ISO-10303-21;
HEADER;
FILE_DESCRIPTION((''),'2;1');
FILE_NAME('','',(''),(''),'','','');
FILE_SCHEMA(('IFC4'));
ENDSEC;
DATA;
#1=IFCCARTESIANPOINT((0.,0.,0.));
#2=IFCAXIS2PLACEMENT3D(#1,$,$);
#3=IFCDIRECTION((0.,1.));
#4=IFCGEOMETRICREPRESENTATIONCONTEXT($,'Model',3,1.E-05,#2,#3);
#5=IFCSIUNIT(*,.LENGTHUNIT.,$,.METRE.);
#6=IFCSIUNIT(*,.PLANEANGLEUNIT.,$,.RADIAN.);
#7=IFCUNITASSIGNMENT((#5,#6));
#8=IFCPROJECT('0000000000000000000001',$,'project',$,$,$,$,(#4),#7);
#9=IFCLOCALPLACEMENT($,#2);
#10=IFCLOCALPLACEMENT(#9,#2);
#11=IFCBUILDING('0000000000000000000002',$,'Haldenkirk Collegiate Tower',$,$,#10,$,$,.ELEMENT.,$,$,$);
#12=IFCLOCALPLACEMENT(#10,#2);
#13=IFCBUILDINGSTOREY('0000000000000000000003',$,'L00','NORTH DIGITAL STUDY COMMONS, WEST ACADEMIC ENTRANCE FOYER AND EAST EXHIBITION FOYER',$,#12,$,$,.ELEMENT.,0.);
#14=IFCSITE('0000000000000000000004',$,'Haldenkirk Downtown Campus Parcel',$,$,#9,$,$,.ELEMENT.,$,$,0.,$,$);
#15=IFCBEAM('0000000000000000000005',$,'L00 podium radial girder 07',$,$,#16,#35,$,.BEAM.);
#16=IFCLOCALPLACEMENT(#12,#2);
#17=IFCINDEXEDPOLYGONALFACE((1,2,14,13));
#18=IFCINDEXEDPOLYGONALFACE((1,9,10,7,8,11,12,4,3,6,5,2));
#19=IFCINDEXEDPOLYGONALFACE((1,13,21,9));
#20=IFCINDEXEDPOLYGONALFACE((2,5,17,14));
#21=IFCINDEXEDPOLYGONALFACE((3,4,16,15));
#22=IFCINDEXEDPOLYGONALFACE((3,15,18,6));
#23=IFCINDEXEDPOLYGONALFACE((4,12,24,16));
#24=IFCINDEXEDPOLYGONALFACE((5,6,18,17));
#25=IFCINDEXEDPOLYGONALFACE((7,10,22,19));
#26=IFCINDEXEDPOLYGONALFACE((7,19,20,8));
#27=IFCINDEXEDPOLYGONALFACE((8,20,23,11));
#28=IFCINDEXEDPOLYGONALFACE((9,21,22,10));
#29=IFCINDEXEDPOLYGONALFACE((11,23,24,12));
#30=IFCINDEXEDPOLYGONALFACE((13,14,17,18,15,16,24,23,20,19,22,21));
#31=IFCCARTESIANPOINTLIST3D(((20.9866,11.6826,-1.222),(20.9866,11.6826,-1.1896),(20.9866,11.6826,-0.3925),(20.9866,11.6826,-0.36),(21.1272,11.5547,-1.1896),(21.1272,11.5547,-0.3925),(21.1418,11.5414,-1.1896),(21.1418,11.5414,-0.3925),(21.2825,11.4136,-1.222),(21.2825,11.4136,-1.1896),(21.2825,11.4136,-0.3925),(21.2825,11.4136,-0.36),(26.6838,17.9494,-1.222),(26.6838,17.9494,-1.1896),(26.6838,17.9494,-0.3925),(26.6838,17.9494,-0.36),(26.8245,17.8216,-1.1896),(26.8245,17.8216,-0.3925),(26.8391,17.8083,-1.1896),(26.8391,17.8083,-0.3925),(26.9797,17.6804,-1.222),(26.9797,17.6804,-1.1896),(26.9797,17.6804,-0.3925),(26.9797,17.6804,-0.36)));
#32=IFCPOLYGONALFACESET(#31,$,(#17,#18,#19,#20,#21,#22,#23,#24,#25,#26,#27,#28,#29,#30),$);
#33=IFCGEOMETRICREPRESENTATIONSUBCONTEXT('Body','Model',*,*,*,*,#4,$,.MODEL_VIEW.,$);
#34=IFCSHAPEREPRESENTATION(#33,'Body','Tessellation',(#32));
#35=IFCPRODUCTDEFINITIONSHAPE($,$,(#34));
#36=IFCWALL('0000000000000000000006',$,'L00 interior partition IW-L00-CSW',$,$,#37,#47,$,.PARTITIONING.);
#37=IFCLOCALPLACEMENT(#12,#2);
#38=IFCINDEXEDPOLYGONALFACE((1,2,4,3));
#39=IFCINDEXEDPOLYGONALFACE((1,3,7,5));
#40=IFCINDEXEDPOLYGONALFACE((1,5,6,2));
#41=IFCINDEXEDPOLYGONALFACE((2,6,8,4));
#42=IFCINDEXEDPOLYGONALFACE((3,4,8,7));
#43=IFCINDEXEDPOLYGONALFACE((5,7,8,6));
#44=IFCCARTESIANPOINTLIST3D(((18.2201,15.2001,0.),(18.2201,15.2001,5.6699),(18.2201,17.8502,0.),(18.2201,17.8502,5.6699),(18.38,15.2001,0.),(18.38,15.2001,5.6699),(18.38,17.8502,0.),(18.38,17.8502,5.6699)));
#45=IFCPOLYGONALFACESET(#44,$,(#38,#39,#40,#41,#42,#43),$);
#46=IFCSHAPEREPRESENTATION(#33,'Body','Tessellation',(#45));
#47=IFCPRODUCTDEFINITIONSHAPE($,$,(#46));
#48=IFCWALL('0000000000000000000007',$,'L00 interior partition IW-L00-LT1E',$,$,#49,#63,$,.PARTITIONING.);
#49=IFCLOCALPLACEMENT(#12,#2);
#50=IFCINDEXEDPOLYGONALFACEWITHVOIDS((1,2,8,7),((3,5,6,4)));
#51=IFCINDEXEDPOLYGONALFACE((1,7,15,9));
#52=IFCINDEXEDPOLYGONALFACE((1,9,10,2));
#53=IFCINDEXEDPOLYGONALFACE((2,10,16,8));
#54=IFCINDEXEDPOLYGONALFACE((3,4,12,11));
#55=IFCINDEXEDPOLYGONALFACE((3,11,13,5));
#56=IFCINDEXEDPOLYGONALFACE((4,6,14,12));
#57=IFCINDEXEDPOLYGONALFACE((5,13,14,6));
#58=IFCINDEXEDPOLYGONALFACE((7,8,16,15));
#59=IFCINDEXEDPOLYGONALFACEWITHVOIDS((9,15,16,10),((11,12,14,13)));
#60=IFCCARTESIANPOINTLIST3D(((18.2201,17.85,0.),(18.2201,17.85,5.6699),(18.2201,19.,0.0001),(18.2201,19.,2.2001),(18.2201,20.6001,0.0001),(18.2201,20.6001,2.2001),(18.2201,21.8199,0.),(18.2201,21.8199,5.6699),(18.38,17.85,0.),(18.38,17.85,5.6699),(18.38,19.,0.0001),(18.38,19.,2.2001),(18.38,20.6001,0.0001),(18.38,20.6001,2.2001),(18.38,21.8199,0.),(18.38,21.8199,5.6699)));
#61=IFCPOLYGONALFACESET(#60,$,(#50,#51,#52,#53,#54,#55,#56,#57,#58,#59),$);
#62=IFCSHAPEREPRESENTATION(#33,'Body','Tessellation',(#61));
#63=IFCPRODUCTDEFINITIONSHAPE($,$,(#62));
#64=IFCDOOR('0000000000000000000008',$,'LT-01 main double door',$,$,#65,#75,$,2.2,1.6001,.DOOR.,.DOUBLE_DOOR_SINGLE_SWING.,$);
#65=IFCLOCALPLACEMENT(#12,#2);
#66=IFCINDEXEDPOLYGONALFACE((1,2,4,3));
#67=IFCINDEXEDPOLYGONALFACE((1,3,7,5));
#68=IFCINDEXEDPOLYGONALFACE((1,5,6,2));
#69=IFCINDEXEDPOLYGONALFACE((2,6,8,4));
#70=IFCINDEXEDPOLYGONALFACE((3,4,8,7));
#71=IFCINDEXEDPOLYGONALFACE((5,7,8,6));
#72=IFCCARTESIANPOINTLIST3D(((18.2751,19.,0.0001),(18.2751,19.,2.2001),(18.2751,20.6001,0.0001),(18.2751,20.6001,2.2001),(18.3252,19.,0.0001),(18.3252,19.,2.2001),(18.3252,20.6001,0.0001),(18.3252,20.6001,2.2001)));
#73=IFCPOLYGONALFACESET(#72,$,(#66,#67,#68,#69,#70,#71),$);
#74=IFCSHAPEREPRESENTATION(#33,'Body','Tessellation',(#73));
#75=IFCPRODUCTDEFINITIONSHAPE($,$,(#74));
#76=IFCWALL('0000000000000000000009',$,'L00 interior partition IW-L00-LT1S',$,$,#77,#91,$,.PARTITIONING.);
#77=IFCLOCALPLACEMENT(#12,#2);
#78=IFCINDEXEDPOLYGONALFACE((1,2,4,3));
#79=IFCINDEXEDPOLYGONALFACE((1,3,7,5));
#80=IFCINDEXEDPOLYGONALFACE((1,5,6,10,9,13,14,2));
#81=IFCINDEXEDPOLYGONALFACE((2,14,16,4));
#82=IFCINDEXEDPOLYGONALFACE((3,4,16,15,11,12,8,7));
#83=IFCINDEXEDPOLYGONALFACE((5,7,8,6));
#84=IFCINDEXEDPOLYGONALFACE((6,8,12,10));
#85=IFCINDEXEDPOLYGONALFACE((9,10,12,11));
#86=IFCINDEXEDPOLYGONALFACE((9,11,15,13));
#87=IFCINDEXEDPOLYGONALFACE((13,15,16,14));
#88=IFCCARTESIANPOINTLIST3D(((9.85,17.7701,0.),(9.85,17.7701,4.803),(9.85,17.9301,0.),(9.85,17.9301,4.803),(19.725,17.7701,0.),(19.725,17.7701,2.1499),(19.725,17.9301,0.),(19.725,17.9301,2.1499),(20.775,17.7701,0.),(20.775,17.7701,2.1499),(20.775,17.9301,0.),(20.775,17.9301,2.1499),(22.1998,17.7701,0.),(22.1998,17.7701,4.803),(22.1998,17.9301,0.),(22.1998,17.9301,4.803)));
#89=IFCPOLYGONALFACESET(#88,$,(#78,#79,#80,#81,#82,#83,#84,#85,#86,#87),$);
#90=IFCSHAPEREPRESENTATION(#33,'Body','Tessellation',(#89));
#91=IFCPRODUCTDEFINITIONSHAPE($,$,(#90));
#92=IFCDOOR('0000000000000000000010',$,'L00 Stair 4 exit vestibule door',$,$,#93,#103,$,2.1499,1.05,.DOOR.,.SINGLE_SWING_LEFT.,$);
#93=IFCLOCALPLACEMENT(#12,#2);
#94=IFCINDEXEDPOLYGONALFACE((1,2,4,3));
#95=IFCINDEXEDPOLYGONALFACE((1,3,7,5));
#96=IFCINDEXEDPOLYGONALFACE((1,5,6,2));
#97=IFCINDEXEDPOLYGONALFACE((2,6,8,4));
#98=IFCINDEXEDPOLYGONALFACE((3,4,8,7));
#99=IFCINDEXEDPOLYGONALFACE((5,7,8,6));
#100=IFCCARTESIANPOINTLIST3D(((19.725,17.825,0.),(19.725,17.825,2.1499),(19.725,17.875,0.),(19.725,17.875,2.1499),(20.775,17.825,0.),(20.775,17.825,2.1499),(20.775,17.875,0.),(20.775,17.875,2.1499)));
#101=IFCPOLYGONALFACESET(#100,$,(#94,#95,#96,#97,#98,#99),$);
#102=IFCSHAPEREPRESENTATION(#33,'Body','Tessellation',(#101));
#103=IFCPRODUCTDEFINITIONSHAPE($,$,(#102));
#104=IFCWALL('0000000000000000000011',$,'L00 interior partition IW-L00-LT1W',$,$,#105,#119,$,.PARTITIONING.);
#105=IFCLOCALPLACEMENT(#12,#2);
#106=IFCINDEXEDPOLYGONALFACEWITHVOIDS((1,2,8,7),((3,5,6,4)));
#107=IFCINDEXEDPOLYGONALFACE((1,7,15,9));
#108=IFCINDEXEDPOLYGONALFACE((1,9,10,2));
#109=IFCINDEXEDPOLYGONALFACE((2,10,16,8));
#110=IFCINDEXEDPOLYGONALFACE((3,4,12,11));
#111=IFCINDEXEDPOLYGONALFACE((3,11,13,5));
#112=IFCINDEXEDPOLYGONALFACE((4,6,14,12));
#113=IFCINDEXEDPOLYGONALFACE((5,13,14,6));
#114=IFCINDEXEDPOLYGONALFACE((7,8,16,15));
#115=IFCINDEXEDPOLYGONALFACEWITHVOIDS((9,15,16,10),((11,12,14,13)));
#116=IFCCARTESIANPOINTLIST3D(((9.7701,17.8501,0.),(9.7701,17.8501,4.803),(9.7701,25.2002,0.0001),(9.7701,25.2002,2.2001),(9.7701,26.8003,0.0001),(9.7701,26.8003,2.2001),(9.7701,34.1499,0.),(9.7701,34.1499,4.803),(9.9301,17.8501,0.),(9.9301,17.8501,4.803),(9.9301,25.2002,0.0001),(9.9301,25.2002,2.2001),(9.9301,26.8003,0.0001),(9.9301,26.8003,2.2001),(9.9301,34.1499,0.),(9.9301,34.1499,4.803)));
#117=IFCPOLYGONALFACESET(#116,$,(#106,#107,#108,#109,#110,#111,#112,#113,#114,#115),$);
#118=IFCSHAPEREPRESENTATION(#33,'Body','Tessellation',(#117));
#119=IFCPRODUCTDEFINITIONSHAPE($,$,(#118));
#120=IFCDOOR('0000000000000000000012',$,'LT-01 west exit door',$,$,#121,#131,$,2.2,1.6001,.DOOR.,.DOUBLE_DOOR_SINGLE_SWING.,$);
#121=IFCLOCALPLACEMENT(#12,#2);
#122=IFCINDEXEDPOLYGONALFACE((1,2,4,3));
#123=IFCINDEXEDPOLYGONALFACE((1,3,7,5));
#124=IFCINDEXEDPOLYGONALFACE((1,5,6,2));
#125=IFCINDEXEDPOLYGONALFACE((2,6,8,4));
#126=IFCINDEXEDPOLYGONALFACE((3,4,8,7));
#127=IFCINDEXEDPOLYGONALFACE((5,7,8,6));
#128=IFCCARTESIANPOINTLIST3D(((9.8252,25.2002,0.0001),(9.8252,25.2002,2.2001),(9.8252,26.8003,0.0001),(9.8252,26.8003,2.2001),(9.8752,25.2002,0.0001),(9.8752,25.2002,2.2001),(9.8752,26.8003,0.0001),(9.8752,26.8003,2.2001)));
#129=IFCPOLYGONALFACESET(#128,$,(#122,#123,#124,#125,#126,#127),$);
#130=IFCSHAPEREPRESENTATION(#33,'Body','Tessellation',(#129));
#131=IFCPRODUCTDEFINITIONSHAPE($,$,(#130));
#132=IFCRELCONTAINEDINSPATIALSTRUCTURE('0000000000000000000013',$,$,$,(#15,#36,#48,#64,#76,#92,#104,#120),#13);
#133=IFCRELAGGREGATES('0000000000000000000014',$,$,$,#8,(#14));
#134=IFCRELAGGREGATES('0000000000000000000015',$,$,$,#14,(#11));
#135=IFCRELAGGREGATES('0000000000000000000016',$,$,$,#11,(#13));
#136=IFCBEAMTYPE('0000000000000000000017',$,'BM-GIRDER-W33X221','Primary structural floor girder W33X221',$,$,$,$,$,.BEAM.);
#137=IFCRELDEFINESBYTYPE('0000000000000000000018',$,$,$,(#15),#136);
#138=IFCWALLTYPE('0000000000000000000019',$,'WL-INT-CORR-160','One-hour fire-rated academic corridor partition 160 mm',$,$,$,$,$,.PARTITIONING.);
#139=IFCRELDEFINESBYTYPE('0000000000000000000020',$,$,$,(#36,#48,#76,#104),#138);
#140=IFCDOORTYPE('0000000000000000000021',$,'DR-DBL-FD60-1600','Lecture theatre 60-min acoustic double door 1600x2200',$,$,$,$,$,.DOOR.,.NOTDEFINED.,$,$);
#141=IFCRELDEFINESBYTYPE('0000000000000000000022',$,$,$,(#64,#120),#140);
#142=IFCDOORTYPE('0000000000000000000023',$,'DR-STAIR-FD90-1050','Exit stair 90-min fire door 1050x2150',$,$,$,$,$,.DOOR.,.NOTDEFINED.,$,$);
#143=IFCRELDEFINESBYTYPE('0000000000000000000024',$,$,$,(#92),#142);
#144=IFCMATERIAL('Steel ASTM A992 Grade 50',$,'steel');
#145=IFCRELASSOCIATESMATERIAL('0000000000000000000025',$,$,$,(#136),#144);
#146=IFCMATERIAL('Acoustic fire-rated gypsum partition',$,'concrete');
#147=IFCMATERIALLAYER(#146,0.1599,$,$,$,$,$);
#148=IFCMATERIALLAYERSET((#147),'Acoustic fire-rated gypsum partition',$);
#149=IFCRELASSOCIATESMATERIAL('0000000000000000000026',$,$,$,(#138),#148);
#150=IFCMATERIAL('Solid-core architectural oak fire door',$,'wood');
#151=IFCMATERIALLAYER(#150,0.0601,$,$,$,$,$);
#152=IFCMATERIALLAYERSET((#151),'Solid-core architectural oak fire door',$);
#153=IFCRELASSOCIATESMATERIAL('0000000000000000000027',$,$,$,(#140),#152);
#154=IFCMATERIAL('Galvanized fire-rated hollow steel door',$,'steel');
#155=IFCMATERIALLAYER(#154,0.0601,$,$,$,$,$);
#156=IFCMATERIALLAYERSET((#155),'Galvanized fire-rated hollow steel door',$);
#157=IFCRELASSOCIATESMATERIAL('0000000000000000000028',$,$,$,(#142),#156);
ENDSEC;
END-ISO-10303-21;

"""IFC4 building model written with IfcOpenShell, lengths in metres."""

from ifc_helpers import new_model, si_unit, direction, frame, frame_2d, origin, origin_2d, place, context, subcontext, project, spatial, rectangle, i_section, extrude, material, layer, layer_set, material_profile, profile_set, type_object, element, fill, save


model = new_model("IFC4")

# Units and contexts
model_context = context("Model", 3, precision=1e-05, world=origin(), true_north=direction((0.0, 1.0)))
body_context = subcontext(model_context, "Body", "Model", "MODEL_VIEW")
ifc_project = project(units=[si_unit("LENGTHUNIT", "METRE"), si_unit("PLANEANGLEUNIT", "RADIAN")], contexts=[model_context])

# Site, building, storey
site_placement = place(None, origin())
site = spatial("IfcSite", under=ifc_project, at=site_placement, Name="Haldenkirk Downtown Campus Parcel", CompositionType="ELEMENT", RefElevation=0.0)
building_placement = place(site_placement, origin())
building = spatial("IfcBuilding", under=site, at=building_placement, Name="Haldenkirk Collegiate Tower", CompositionType="ELEMENT")
storey_placement = place(building_placement, origin())
storey = spatial("IfcBuildingStorey", under=building, at=storey_placement, Name="L00", Description="NORTH DIGITAL STUDY COMMONS, WEST ACADEMIC ENTRANCE FOYER AND EAST EXHIBITION FOYER", CompositionType="ELEMENT", Elevation=0.0)

# Beam
ifc_material_1 = material(Name="Steel ASTM A992 Grade 50", Category="steel")
ifc_material_profile_1 = material_profile(ifc_material_1, i_section(OverallWidth=0.3999, OverallDepth=0.8621, WebThickness=0.0198, FlangeThickness=0.0325, at=origin_2d()), Name="W33X221")
ifc_profile_set_1 = profile_set([ifc_material_profile_1], Name="Steel ASTM A992 Grade 50")
beam_type_1 = type_object("IfcBeamType", Name="BM-GIRDER-W33X221", Description="Primary structural floor girder W33X221", PredefinedType="BEAM", material=ifc_profile_set_1)
beam_1_placement = place(storey_placement, frame((21.1345, 11.5481, -0.791), z_axis=(0.672681, 0.739932, 0.0), x_axis=(-0.739932, 0.672681, 0.0)))
element("IfcBeam", 1, at=beam_1_placement, inside=storey, type_object=beam_type_1, Name="L00 podium radial girder 07", PredefinedType="BEAM", context=body_context, shape_type="SweptSolid", body=[
    extrude(i_section(OverallWidth=0.3999, OverallDepth=0.8621, WebThickness=0.0198, FlangeThickness=0.0325, at=origin_2d()), origin(), (0.0, 0.0, 1.0), 8.4695),
])

# Wall
ifc_material_2 = material(Name="Acoustic fire-rated gypsum partition", Category="concrete")
ifc_layer_1 = layer(ifc_material_2, 0.1599)
ifc_layer_set_1 = layer_set([ifc_layer_1], Name="Acoustic fire-rated gypsum partition")
wall_type = type_object("IfcWallType", Name="WL-INT-CORR-160", Description="One-hour fire-rated academic corridor partition 160 mm", PredefinedType="PARTITIONING", material=ifc_layer_set_1)
wall_1_placement = place(storey_placement, frame((18.3, 15.2, 0.0), z_axis=(0.0, 0.0, 1.0), x_axis=(0.0, 1.0, 0.0)))
element("IfcWall", 2, at=wall_1_placement, inside=storey, type_object=wall_type, Name="L00 interior partition IW-L00-CSW", PredefinedType="PARTITIONING", context=body_context, shape_type="SweptSolid", body=[
    extrude(rectangle(XDim=2.6501, YDim=0.1599, at=frame_2d((1.3252, 0.0))), origin(), (0.0, 0.0, 1.0), 5.6699),
])

# Walls, openings, doors
wall_2_placement = place(storey_placement, frame((18.3, 17.8501, 0.0), z_axis=(0.0, 0.0, 1.0), x_axis=(0.0, 1.0, 0.0)))
wall_2 = element("IfcWall", 3, at=wall_2_placement, inside=storey, type_object=wall_type, Name="L00 interior partition IW-L00-LT1E", PredefinedType="PARTITIONING", context=body_context, shape_type="SweptSolid", body=[
    extrude(rectangle(XDim=3.97, YDim=0.1599, at=frame_2d((1.9849, 0.0))), origin(), (0.0, 0.0, 1.0), 5.6699),
])
opening_1_placement = place(wall_2_placement, frame((1.1499, 0.0, 0.0)))
opening_1 = element("IfcOpeningElement", 4, at=opening_1_placement, cuts=wall_2, PredefinedType="OPENING", context=body_context, shape_type="SweptSolid", body=[
    extrude(rectangle(XDim=1.6001, YDim=2.2, at=frame_2d((0.8, 1.1001))), frame((0.0, 0.0898, 0.0), z_axis=(0.0, -1.0, 0.0), x_axis=(1.0, 0.0, 0.0)), (0.0, 0.0, 1.0), 0.1799),
])
ifc_material_3 = material(Name="Solid-core architectural oak fire door", Category="wood")
ifc_layer_2 = layer(ifc_material_3, 0.0601)
ifc_layer_set_2 = layer_set([ifc_layer_2], Name="Solid-core architectural oak fire door")
door_type_1 = type_object("IfcDoorType", Name="DR-DBL-FD60-1600", Description="Lecture theatre 60-min acoustic double door 1600x2200", OperationType="NOTDEFINED", PredefinedType="DOOR", material=ifc_layer_set_2)
door_1_placement = place(opening_1_placement, origin())
door_1 = element("IfcDoor", 5, at=door_1_placement, inside=storey, type_object=door_type_1, Name="LT-01 main double door", OperationType="DOUBLE_DOOR_SINGLE_SWING", OverallHeight=2.2, OverallWidth=1.6001, PredefinedType="DOOR", context=body_context, shape_type="SweptSolid", body=[
    extrude(rectangle(XDim=1.6001, YDim=2.2, at=frame_2d((0.8, 1.1001))), frame((0.0, 0.0249, 0.0), z_axis=(0.0, -1.0, 0.0), x_axis=(1.0, 0.0, 0.0)), (0.0, 0.0, 1.0), 0.05),
])
fill(opening_1, door_1)
wall_3_placement = place(storey_placement, frame((9.8501, 17.8501, 0.0), z_axis=(0.0, 0.0, 1.0), x_axis=(1.0, 0.0, 0.0)))
wall_3 = element("IfcWall", 6, at=wall_3_placement, inside=storey, type_object=wall_type, Name="L00 interior partition IW-L00-LT1S", PredefinedType="PARTITIONING", context=body_context, shape_type="SweptSolid", body=[
    extrude(rectangle(XDim=12.3499, YDim=0.1599, at=frame_2d((6.1748, 0.0))), origin(), (0.0, 0.0, 1.0), 4.803),
])
opening_2_placement = place(wall_3_placement, frame((9.875, 0.0, 0.0)))
opening_2 = element("IfcOpeningElement", 7, at=opening_2_placement, cuts=wall_3, PredefinedType="OPENING", context=body_context, shape_type="SweptSolid", body=[
    extrude(rectangle(XDim=1.05, YDim=2.1499, at=frame_2d((0.5249, 1.075))), frame((0.0, 0.0898, 0.0), z_axis=(0.0, -1.0, 0.0), x_axis=(1.0, 0.0, 0.0)), (0.0, 0.0, 1.0), 0.1799),
])
ifc_material_4 = material(Name="Galvanized fire-rated hollow steel door", Category="steel")
ifc_layer_3 = layer(ifc_material_4, 0.0601)
ifc_layer_set_3 = layer_set([ifc_layer_3], Name="Galvanized fire-rated hollow steel door")
door_type_2 = type_object("IfcDoorType", Name="DR-STAIR-FD90-1050", Description="Exit stair 90-min fire door 1050x2150", OperationType="NOTDEFINED", PredefinedType="DOOR", material=ifc_layer_set_3)
door_2_placement = place(opening_2_placement, origin())
door_2 = element("IfcDoor", 8, at=door_2_placement, inside=storey, type_object=door_type_2, Name="L00 Stair 4 exit vestibule door", OperationType="SINGLE_SWING_LEFT", OverallHeight=2.1499, OverallWidth=1.05, PredefinedType="DOOR", context=body_context, shape_type="SweptSolid", body=[
    extrude(rectangle(XDim=1.05, YDim=2.1499, at=frame_2d((0.5249, 1.075))), frame((0.0, 0.0249, 0.0), z_axis=(0.0, -1.0, 0.0), x_axis=(1.0, 0.0, 0.0)), (0.0, 0.0, 1.0), 0.05),
])
fill(opening_2, door_2)
wall_4_placement = place(storey_placement, frame((9.8501, 17.8501, 0.0), z_axis=(0.0, 0.0, 1.0), x_axis=(0.0, 1.0, 0.0)))
wall_4 = element("IfcWall", 9, at=wall_4_placement, inside=storey, type_object=wall_type, Name="L00 interior partition IW-L00-LT1W", PredefinedType="PARTITIONING", context=body_context, shape_type="SweptSolid", body=[
    extrude(rectangle(XDim=16.2998, YDim=0.1599, at=frame_2d((8.1499, 0.0))), origin(), (0.0, 0.0, 1.0), 4.803),
])
opening_3_placement = place(wall_4_placement, frame((7.3501, 0.0, 0.0)))
opening_3 = element("IfcOpeningElement", 10, at=opening_3_placement, cuts=wall_4, PredefinedType="OPENING", context=body_context, shape_type="SweptSolid", body=[
    extrude(rectangle(XDim=1.6001, YDim=2.2, at=frame_2d((0.8, 1.1001))), frame((0.0, 0.0898, 0.0), z_axis=(0.0, -1.0, 0.0), x_axis=(1.0, 0.0, 0.0)), (0.0, 0.0, 1.0), 0.1799),
])
door_3_placement = place(opening_3_placement, origin())
door_3 = element("IfcDoor", 11, at=door_3_placement, inside=storey, type_object=door_type_1, Name="LT-01 west exit door", OperationType="DOUBLE_DOOR_SINGLE_SWING", OverallHeight=2.2, OverallWidth=1.6001, PredefinedType="DOOR", context=body_context, shape_type="SweptSolid", body=[
    extrude(rectangle(XDim=1.6001, YDim=2.2, at=frame_2d((0.8, 1.1001))), frame((0.0, 0.0249, 0.0), z_axis=(0.0, -1.0, 0.0), x_axis=(1.0, 0.0, 0.0)), (0.0, 0.0, 1.0), 0.05),
])
fill(opening_3, door_3)

save(model, "model.ifc")
